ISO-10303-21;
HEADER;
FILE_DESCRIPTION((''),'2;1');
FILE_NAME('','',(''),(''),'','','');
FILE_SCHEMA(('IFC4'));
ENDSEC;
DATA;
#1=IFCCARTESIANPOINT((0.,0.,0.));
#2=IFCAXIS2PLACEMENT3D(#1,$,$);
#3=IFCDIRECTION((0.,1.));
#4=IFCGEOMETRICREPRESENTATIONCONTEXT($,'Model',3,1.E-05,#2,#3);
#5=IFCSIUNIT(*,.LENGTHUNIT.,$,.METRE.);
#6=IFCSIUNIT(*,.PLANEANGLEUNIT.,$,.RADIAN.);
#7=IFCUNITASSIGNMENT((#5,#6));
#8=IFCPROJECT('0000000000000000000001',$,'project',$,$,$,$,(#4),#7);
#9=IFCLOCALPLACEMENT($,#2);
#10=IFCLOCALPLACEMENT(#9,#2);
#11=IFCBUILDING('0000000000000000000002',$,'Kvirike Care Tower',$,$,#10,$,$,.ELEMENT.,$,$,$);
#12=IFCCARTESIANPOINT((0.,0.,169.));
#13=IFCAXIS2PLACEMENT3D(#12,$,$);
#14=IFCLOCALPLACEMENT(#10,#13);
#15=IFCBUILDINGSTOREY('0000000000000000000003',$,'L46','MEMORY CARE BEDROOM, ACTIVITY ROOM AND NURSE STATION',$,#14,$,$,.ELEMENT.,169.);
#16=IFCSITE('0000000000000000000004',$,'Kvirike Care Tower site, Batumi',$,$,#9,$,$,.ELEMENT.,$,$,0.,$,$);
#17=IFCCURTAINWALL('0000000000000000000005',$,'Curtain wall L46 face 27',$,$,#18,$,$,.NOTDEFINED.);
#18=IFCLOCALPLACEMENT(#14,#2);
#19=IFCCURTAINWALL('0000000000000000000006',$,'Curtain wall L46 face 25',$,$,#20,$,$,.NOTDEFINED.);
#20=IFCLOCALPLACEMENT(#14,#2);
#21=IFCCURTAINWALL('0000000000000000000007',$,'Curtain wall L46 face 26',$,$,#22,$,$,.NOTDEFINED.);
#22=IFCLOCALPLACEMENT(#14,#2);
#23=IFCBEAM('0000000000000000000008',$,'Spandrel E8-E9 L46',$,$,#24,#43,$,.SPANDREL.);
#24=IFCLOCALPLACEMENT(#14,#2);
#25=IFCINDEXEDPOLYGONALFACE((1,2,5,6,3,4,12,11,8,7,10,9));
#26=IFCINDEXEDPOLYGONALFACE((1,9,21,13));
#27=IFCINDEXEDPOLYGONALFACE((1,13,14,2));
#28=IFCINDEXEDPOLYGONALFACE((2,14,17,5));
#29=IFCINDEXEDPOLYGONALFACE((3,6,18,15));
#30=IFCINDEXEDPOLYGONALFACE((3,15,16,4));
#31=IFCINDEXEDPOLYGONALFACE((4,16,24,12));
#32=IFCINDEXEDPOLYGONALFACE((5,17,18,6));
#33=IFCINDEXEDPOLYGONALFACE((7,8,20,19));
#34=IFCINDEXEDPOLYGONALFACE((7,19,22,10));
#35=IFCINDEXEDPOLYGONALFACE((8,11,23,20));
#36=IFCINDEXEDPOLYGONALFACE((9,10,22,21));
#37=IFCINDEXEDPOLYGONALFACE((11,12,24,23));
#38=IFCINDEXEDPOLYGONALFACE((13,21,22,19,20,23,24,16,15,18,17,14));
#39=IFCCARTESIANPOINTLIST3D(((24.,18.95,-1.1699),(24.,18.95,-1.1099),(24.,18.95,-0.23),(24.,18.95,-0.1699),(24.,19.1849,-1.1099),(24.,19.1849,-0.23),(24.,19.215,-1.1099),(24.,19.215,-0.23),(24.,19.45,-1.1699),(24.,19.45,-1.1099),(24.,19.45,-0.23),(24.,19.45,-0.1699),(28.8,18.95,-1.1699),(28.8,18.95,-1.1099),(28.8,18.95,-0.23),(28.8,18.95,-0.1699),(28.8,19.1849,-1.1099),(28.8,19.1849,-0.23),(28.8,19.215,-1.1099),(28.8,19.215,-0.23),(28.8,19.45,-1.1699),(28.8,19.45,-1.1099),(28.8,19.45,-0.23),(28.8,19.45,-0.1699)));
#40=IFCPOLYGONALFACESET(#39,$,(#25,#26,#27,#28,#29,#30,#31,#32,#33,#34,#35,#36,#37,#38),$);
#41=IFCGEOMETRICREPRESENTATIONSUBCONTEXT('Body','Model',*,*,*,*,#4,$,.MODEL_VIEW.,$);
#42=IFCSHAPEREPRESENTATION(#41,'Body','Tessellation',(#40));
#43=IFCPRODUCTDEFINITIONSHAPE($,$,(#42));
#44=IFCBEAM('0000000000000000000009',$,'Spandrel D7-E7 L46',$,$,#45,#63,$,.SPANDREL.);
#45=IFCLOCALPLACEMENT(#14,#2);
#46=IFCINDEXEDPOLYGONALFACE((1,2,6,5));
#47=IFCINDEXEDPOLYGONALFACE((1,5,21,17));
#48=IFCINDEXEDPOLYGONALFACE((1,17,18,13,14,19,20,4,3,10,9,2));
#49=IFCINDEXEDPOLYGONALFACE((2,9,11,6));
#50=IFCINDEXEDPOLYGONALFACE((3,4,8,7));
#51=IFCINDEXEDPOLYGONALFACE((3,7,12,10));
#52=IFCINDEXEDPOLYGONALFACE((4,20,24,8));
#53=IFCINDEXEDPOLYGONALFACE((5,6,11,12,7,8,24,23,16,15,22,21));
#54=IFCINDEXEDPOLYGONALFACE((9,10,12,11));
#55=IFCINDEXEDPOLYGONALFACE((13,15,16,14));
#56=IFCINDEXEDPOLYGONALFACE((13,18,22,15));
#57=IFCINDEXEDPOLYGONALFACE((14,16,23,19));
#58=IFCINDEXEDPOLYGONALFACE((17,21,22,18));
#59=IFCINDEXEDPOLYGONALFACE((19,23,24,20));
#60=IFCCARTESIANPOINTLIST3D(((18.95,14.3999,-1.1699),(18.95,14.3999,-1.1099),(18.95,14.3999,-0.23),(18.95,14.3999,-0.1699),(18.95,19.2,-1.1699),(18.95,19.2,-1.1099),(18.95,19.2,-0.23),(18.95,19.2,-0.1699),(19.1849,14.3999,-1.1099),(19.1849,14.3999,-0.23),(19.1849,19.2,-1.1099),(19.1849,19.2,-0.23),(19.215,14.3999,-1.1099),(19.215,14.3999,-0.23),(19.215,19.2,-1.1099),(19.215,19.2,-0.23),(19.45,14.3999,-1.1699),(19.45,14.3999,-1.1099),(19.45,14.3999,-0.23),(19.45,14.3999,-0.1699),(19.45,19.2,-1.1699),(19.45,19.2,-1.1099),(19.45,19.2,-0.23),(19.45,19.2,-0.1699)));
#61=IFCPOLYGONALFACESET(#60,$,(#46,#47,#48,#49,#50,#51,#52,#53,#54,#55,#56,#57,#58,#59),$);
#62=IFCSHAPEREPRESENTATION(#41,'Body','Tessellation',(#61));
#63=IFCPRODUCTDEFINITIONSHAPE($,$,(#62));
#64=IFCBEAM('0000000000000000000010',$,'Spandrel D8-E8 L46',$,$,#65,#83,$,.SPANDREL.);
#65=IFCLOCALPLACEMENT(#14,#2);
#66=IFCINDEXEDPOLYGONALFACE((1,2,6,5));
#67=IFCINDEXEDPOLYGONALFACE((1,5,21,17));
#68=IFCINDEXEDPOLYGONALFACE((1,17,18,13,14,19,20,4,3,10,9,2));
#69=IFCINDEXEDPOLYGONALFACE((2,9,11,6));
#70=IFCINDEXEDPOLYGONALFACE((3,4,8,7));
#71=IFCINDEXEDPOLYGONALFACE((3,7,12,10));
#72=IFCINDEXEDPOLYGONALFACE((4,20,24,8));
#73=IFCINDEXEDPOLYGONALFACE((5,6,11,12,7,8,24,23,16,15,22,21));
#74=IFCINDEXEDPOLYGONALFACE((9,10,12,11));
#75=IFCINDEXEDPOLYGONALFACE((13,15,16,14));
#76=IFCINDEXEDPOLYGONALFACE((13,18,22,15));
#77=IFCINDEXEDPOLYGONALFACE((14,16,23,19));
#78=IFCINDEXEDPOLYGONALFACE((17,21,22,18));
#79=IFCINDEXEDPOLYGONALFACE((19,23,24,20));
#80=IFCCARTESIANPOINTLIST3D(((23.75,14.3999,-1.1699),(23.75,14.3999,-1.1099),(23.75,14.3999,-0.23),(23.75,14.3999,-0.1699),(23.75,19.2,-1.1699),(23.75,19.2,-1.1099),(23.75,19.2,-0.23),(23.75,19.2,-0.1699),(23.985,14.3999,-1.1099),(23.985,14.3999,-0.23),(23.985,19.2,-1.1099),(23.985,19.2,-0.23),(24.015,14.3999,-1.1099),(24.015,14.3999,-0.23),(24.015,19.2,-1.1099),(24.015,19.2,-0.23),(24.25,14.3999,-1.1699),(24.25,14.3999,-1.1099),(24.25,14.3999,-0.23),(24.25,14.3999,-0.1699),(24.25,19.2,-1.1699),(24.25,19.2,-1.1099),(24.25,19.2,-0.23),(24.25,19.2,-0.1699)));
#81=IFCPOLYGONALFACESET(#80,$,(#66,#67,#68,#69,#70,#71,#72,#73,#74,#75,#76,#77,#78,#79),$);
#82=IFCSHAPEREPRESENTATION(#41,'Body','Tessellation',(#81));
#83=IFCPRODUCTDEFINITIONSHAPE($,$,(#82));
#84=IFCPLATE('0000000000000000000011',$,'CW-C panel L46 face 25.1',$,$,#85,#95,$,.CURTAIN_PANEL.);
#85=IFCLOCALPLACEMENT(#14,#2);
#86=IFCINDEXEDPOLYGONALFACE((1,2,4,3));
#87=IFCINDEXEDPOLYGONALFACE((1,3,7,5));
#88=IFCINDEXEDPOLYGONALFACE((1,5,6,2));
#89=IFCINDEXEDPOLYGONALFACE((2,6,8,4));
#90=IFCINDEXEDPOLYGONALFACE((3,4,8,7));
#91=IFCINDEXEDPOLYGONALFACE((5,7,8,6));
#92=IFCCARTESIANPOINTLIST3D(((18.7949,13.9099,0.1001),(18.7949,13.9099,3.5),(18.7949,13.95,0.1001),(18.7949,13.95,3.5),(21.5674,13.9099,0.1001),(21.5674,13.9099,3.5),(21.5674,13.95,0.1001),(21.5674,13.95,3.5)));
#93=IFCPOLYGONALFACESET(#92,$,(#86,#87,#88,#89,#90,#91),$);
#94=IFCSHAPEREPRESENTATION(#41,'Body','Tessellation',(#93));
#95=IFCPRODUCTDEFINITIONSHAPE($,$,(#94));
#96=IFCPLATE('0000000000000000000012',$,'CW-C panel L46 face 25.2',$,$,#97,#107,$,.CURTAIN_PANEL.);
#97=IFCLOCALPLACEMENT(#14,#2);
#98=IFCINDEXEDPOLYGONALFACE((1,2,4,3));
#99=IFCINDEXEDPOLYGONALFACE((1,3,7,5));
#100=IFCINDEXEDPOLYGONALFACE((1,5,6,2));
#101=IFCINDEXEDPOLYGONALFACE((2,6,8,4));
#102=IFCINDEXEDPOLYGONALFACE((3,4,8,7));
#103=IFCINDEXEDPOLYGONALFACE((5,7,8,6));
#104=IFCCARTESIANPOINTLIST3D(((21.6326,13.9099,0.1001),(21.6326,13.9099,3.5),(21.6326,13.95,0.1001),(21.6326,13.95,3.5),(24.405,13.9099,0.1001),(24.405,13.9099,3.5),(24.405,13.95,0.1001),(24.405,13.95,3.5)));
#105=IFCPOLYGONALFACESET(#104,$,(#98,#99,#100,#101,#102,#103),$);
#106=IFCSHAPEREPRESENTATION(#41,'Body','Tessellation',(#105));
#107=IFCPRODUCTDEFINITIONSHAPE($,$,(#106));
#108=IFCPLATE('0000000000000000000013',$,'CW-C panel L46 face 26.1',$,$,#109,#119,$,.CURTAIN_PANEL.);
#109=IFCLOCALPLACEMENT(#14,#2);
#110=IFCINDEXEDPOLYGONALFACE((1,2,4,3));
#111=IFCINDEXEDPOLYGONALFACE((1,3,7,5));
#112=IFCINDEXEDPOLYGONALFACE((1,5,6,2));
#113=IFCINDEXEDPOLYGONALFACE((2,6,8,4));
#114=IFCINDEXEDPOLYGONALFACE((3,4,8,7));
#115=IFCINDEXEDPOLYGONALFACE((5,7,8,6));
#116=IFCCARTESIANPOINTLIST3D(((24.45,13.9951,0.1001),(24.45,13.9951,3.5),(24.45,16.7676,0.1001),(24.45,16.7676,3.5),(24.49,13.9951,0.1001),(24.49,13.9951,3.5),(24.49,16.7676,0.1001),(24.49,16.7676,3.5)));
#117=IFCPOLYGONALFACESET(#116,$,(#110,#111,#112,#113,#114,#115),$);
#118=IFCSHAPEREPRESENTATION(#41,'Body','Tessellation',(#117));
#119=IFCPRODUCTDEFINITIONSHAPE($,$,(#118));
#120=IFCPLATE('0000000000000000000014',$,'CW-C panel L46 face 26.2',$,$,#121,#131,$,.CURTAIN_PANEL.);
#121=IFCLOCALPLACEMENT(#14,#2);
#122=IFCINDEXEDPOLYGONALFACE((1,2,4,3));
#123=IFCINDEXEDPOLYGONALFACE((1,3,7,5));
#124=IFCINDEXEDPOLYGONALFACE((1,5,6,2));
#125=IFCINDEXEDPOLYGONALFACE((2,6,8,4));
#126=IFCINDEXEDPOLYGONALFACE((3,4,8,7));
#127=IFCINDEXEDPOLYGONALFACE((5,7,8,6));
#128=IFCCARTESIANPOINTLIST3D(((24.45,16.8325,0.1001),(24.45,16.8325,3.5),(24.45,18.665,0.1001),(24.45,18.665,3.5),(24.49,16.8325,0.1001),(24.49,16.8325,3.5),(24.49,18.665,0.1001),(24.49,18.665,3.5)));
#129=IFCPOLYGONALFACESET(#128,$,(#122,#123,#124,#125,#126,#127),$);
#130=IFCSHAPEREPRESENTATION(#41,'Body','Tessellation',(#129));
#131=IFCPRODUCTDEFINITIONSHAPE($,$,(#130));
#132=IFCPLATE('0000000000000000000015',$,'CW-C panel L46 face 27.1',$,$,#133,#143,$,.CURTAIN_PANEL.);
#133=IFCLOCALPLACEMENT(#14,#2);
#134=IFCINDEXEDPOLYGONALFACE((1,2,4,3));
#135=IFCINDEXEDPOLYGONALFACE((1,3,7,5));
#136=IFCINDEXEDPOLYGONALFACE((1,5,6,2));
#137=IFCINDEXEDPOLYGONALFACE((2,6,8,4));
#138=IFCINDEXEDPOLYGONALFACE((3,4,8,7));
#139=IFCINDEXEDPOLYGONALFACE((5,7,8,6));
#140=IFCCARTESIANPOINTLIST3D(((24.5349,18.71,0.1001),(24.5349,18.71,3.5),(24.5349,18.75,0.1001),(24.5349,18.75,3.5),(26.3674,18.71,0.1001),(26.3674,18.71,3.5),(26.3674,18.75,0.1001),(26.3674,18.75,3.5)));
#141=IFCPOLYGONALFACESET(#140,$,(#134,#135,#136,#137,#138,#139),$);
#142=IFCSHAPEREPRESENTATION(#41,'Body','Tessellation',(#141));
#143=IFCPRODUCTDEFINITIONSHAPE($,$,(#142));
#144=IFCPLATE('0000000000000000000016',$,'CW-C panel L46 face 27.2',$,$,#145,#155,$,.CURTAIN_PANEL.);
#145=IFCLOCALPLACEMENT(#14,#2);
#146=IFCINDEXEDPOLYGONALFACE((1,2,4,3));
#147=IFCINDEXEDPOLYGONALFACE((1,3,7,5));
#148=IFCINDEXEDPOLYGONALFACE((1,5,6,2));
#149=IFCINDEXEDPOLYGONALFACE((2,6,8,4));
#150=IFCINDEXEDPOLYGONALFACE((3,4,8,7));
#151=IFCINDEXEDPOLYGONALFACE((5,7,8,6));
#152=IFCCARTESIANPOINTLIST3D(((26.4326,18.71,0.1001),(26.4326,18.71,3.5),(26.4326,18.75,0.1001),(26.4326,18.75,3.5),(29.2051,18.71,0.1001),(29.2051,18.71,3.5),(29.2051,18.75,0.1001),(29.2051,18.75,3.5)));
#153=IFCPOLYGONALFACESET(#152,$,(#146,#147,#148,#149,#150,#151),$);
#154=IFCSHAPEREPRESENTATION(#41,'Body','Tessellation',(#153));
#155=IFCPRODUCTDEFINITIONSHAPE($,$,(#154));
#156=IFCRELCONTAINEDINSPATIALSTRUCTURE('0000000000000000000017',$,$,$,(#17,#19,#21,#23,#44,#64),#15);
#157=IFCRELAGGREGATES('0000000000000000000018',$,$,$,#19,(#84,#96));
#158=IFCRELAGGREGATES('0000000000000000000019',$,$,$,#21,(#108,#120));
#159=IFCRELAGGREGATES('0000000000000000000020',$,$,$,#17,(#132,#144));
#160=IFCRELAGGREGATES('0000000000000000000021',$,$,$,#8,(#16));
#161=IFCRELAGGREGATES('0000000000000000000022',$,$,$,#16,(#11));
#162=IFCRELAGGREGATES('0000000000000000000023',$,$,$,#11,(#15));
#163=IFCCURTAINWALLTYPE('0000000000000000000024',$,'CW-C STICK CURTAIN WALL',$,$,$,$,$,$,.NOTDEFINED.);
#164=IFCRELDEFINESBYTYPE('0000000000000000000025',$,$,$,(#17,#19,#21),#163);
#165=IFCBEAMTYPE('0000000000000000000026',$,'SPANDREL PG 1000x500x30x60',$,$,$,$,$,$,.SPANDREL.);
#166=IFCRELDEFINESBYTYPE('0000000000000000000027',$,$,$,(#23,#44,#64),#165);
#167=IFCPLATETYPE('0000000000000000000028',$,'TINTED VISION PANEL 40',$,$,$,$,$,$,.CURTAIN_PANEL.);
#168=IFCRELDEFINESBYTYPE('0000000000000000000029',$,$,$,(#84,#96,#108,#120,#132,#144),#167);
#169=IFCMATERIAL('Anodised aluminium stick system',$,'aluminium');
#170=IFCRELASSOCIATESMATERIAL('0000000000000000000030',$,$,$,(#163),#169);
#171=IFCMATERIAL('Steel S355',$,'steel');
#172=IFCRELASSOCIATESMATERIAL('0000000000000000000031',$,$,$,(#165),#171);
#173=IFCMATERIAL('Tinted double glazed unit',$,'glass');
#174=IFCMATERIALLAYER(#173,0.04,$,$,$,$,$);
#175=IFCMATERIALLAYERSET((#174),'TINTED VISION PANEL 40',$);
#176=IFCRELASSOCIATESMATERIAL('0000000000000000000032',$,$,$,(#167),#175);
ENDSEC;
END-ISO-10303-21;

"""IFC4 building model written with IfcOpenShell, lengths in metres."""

from ifc_helpers import new_model, si_unit, direction, frame, origin, origin_2d, place, context, subcontext, project, spatial, rectangle, i_section, extrude, material, layer, layer_set, material_profile, profile_set, type_object, element, aggregate, save


model = new_model("IFC4")

# Units and contexts
model_context = context("Model", 3, precision=1e-05, world=origin(), true_north=direction((0.0, 1.0)))
body_context = subcontext(model_context, "Body", "Model", "MODEL_VIEW")
ifc_project = project(units=[si_unit("LENGTHUNIT", "METRE"), si_unit("PLANEANGLEUNIT", "RADIAN")], contexts=[model_context])

# Site, building, storey
site_placement = place(None, origin())
site = spatial("IfcSite", under=ifc_project, at=site_placement, Name="Kvirike Care Tower site, Batumi", CompositionType="ELEMENT", RefElevation=0.0)
building_placement = place(site_placement, origin())
building = spatial("IfcBuilding", under=site, at=building_placement, Name="Kvirike Care Tower", CompositionType="ELEMENT")
storey_placement = place(building_placement, frame((0.0, 0.0, 169.0)))
storey = spatial("IfcBuildingStorey", under=building, at=storey_placement, Name="L46", Description="MEMORY CARE BEDROOM, ACTIVITY ROOM AND NURSE STATION", CompositionType="ELEMENT", Elevation=169.0)

# Curtain wall
ifc_material_1 = material(Name="Anodised aluminium stick system", Category="aluminium")
curtain_wall_type = type_object("IfcCurtainWallType", Name="CW-C STICK CURTAIN WALL", PredefinedType="NOTDEFINED", material=ifc_material_1)
curtain_wall_1_placement = place(storey_placement, origin())
curtain_wall_1 = element("IfcCurtainWall", 1, at=curtain_wall_1_placement, inside=storey, type_object=curtain_wall_type, Name="Curtain wall L46 face 27", PredefinedType="NOTDEFINED")

# Curtain walls
curtain_wall_2_placement = place(storey_placement, origin())
curtain_wall_2 = element("IfcCurtainWall", 2, at=curtain_wall_2_placement, inside=storey, type_object=curtain_wall_type, Name="Curtain wall L46 face 25", PredefinedType="NOTDEFINED")
curtain_wall_3_placement = place(storey_placement, origin())
curtain_wall_3 = element("IfcCurtainWall", 3, at=curtain_wall_3_placement, inside=storey, type_object=curtain_wall_type, Name="Curtain wall L46 face 26", PredefinedType="NOTDEFINED")

# Beams
ifc_material_2 = material(Name="Steel S355", Category="steel")
ifc_material_profile_1 = material_profile(ifc_material_2, i_section(OverallWidth=0.5, OverallDepth=1.0, WebThickness=0.03, FlangeThickness=0.0601, at=origin_2d()), Name="PG 1000x500x30x60")
ifc_profile_set_1 = profile_set([ifc_material_profile_1], Name="Steel S355")
beam_type_1 = type_object("IfcBeamType", Name="SPANDREL PG 1000x500x30x60", PredefinedType="SPANDREL", material=ifc_profile_set_1)
for number, where, z_axis, x_axis, name in (
    (4, (24.0, 19.2, -0.6699), (1.0, 0.0, 0.0), (0.0, 1.0, 0.0), "Spandrel E8-E9 L46"),
    (5, (19.2, 14.3999, -0.6699), (0.0, 1.0, 0.0), (-1.0, 0.0, 0.0), "Spandrel D7-E7 L46"),
    (6, (24.0, 14.3999, -0.6699), (0.0, 1.0, 0.0), (-1.0, 0.0, 0.0), "Spandrel D8-E8 L46"),
):
    element("IfcBeam", number, at=place(storey_placement, frame(where, z_axis=z_axis, x_axis=x_axis)), inside=storey, type_object=beam_type_1, Name=name, PredefinedType="SPANDREL", context=body_context, shape_type="SweptSolid", body=[
        extrude(i_section(OverallWidth=0.5, OverallDepth=1.0, WebThickness=0.03, FlangeThickness=0.0601, at=origin_2d()), origin(), (0.0, 0.0, 1.0), 4.8),
    ])

# Plates
ifc_material_3 = material(Name="Tinted double glazed unit", Category="glass")
ifc_layer = layer(ifc_material_3, 0.04)
ifc_layer_set = layer_set([ifc_layer], Name="TINTED VISION PANEL 40")
plate_type = type_object("IfcPlateType", Name="TINTED VISION PANEL 40", PredefinedType="CURTAIN_PANEL", material=ifc_layer_set)
plate_1_placement = place(storey_placement, frame((20.1812, 13.9299, 0.1001), z_axis=(0.0, 0.0, 1.0), x_axis=(1.0, 0.0, 0.0)))
plate_1 = element("IfcPlate", 7, at=plate_1_placement, type_object=plate_type, Name="CW-C panel L46 face 25.1", PredefinedType="CURTAIN_PANEL", context=body_context, shape_type="SweptSolid", body=[
    extrude(rectangle(XDim=2.7725, YDim=0.04, at=origin_2d()), origin(), (0.0, 0.0, 1.0), 3.3999),
])
plate_2_placement = place(storey_placement, frame((23.0188, 13.9299, 0.1001), z_axis=(0.0, 0.0, 1.0), x_axis=(1.0, 0.0, 0.0)))
plate_2 = element("IfcPlate", 8, at=plate_2_placement, type_object=plate_type, Name="CW-C panel L46 face 25.2", PredefinedType="CURTAIN_PANEL", context=body_context, shape_type="SweptSolid", body=[
    extrude(rectangle(XDim=2.7725, YDim=0.04, at=origin_2d()), origin(), (0.0, 0.0, 1.0), 3.3999),
])
aggregate(curtain_wall_2, [plate_1, plate_2])
plate_3_placement = place(storey_placement, frame((24.47, 15.3813, 0.1001), z_axis=(0.0, 0.0, 1.0), x_axis=(0.0, 1.0, 0.0)))
plate_3 = element("IfcPlate", 9, at=plate_3_placement, type_object=plate_type, Name="CW-C panel L46 face 26.1", PredefinedType="CURTAIN_PANEL", context=body_context, shape_type="SweptSolid", body=[
    extrude(rectangle(XDim=2.7725, YDim=0.04, at=origin_2d()), origin(), (0.0, 0.0, 1.0), 3.3999),
])
plate_4_placement = place(storey_placement, frame((24.47, 17.7488, 0.1001), z_axis=(0.0, 0.0, 1.0), x_axis=(0.0, 1.0, 0.0)))
plate_4 = element("IfcPlate", 10, at=plate_4_placement, type_object=plate_type, Name="CW-C panel L46 face 26.2", PredefinedType="CURTAIN_PANEL", context=body_context, shape_type="SweptSolid", body=[
    extrude(rectangle(XDim=1.8325, YDim=0.04, at=origin_2d()), origin(), (0.0, 0.0, 1.0), 3.3999),
])
aggregate(curtain_wall_3, [plate_3, plate_4])
plate_5_placement = place(storey_placement, frame((25.4512, 18.73, 0.1001), z_axis=(0.0, 0.0, 1.0), x_axis=(1.0, 0.0, 0.0)))
plate_5 = element("IfcPlate", 11, at=plate_5_placement, type_object=plate_type, Name="CW-C panel L46 face 27.1", PredefinedType="CURTAIN_PANEL", context=body_context, shape_type="SweptSolid", body=[
    extrude(rectangle(XDim=1.8325, YDim=0.04, at=origin_2d()), origin(), (0.0, 0.0, 1.0), 3.3999),
])
plate_6_placement = place(storey_placement, frame((27.8188, 18.73, 0.1001), z_axis=(0.0, 0.0, 1.0), x_axis=(1.0, 0.0, 0.0)))
plate_6 = element("IfcPlate", 12, at=plate_6_placement, type_object=plate_type, Name="CW-C panel L46 face 27.2", PredefinedType="CURTAIN_PANEL", context=body_context, shape_type="SweptSolid", body=[
    extrude(rectangle(XDim=2.7725, YDim=0.04, at=origin_2d()), origin(), (0.0, 0.0, 1.0), 3.3999),
])
aggregate(curtain_wall_1, [plate_5, plate_6])

save(model, "model.ifc")
